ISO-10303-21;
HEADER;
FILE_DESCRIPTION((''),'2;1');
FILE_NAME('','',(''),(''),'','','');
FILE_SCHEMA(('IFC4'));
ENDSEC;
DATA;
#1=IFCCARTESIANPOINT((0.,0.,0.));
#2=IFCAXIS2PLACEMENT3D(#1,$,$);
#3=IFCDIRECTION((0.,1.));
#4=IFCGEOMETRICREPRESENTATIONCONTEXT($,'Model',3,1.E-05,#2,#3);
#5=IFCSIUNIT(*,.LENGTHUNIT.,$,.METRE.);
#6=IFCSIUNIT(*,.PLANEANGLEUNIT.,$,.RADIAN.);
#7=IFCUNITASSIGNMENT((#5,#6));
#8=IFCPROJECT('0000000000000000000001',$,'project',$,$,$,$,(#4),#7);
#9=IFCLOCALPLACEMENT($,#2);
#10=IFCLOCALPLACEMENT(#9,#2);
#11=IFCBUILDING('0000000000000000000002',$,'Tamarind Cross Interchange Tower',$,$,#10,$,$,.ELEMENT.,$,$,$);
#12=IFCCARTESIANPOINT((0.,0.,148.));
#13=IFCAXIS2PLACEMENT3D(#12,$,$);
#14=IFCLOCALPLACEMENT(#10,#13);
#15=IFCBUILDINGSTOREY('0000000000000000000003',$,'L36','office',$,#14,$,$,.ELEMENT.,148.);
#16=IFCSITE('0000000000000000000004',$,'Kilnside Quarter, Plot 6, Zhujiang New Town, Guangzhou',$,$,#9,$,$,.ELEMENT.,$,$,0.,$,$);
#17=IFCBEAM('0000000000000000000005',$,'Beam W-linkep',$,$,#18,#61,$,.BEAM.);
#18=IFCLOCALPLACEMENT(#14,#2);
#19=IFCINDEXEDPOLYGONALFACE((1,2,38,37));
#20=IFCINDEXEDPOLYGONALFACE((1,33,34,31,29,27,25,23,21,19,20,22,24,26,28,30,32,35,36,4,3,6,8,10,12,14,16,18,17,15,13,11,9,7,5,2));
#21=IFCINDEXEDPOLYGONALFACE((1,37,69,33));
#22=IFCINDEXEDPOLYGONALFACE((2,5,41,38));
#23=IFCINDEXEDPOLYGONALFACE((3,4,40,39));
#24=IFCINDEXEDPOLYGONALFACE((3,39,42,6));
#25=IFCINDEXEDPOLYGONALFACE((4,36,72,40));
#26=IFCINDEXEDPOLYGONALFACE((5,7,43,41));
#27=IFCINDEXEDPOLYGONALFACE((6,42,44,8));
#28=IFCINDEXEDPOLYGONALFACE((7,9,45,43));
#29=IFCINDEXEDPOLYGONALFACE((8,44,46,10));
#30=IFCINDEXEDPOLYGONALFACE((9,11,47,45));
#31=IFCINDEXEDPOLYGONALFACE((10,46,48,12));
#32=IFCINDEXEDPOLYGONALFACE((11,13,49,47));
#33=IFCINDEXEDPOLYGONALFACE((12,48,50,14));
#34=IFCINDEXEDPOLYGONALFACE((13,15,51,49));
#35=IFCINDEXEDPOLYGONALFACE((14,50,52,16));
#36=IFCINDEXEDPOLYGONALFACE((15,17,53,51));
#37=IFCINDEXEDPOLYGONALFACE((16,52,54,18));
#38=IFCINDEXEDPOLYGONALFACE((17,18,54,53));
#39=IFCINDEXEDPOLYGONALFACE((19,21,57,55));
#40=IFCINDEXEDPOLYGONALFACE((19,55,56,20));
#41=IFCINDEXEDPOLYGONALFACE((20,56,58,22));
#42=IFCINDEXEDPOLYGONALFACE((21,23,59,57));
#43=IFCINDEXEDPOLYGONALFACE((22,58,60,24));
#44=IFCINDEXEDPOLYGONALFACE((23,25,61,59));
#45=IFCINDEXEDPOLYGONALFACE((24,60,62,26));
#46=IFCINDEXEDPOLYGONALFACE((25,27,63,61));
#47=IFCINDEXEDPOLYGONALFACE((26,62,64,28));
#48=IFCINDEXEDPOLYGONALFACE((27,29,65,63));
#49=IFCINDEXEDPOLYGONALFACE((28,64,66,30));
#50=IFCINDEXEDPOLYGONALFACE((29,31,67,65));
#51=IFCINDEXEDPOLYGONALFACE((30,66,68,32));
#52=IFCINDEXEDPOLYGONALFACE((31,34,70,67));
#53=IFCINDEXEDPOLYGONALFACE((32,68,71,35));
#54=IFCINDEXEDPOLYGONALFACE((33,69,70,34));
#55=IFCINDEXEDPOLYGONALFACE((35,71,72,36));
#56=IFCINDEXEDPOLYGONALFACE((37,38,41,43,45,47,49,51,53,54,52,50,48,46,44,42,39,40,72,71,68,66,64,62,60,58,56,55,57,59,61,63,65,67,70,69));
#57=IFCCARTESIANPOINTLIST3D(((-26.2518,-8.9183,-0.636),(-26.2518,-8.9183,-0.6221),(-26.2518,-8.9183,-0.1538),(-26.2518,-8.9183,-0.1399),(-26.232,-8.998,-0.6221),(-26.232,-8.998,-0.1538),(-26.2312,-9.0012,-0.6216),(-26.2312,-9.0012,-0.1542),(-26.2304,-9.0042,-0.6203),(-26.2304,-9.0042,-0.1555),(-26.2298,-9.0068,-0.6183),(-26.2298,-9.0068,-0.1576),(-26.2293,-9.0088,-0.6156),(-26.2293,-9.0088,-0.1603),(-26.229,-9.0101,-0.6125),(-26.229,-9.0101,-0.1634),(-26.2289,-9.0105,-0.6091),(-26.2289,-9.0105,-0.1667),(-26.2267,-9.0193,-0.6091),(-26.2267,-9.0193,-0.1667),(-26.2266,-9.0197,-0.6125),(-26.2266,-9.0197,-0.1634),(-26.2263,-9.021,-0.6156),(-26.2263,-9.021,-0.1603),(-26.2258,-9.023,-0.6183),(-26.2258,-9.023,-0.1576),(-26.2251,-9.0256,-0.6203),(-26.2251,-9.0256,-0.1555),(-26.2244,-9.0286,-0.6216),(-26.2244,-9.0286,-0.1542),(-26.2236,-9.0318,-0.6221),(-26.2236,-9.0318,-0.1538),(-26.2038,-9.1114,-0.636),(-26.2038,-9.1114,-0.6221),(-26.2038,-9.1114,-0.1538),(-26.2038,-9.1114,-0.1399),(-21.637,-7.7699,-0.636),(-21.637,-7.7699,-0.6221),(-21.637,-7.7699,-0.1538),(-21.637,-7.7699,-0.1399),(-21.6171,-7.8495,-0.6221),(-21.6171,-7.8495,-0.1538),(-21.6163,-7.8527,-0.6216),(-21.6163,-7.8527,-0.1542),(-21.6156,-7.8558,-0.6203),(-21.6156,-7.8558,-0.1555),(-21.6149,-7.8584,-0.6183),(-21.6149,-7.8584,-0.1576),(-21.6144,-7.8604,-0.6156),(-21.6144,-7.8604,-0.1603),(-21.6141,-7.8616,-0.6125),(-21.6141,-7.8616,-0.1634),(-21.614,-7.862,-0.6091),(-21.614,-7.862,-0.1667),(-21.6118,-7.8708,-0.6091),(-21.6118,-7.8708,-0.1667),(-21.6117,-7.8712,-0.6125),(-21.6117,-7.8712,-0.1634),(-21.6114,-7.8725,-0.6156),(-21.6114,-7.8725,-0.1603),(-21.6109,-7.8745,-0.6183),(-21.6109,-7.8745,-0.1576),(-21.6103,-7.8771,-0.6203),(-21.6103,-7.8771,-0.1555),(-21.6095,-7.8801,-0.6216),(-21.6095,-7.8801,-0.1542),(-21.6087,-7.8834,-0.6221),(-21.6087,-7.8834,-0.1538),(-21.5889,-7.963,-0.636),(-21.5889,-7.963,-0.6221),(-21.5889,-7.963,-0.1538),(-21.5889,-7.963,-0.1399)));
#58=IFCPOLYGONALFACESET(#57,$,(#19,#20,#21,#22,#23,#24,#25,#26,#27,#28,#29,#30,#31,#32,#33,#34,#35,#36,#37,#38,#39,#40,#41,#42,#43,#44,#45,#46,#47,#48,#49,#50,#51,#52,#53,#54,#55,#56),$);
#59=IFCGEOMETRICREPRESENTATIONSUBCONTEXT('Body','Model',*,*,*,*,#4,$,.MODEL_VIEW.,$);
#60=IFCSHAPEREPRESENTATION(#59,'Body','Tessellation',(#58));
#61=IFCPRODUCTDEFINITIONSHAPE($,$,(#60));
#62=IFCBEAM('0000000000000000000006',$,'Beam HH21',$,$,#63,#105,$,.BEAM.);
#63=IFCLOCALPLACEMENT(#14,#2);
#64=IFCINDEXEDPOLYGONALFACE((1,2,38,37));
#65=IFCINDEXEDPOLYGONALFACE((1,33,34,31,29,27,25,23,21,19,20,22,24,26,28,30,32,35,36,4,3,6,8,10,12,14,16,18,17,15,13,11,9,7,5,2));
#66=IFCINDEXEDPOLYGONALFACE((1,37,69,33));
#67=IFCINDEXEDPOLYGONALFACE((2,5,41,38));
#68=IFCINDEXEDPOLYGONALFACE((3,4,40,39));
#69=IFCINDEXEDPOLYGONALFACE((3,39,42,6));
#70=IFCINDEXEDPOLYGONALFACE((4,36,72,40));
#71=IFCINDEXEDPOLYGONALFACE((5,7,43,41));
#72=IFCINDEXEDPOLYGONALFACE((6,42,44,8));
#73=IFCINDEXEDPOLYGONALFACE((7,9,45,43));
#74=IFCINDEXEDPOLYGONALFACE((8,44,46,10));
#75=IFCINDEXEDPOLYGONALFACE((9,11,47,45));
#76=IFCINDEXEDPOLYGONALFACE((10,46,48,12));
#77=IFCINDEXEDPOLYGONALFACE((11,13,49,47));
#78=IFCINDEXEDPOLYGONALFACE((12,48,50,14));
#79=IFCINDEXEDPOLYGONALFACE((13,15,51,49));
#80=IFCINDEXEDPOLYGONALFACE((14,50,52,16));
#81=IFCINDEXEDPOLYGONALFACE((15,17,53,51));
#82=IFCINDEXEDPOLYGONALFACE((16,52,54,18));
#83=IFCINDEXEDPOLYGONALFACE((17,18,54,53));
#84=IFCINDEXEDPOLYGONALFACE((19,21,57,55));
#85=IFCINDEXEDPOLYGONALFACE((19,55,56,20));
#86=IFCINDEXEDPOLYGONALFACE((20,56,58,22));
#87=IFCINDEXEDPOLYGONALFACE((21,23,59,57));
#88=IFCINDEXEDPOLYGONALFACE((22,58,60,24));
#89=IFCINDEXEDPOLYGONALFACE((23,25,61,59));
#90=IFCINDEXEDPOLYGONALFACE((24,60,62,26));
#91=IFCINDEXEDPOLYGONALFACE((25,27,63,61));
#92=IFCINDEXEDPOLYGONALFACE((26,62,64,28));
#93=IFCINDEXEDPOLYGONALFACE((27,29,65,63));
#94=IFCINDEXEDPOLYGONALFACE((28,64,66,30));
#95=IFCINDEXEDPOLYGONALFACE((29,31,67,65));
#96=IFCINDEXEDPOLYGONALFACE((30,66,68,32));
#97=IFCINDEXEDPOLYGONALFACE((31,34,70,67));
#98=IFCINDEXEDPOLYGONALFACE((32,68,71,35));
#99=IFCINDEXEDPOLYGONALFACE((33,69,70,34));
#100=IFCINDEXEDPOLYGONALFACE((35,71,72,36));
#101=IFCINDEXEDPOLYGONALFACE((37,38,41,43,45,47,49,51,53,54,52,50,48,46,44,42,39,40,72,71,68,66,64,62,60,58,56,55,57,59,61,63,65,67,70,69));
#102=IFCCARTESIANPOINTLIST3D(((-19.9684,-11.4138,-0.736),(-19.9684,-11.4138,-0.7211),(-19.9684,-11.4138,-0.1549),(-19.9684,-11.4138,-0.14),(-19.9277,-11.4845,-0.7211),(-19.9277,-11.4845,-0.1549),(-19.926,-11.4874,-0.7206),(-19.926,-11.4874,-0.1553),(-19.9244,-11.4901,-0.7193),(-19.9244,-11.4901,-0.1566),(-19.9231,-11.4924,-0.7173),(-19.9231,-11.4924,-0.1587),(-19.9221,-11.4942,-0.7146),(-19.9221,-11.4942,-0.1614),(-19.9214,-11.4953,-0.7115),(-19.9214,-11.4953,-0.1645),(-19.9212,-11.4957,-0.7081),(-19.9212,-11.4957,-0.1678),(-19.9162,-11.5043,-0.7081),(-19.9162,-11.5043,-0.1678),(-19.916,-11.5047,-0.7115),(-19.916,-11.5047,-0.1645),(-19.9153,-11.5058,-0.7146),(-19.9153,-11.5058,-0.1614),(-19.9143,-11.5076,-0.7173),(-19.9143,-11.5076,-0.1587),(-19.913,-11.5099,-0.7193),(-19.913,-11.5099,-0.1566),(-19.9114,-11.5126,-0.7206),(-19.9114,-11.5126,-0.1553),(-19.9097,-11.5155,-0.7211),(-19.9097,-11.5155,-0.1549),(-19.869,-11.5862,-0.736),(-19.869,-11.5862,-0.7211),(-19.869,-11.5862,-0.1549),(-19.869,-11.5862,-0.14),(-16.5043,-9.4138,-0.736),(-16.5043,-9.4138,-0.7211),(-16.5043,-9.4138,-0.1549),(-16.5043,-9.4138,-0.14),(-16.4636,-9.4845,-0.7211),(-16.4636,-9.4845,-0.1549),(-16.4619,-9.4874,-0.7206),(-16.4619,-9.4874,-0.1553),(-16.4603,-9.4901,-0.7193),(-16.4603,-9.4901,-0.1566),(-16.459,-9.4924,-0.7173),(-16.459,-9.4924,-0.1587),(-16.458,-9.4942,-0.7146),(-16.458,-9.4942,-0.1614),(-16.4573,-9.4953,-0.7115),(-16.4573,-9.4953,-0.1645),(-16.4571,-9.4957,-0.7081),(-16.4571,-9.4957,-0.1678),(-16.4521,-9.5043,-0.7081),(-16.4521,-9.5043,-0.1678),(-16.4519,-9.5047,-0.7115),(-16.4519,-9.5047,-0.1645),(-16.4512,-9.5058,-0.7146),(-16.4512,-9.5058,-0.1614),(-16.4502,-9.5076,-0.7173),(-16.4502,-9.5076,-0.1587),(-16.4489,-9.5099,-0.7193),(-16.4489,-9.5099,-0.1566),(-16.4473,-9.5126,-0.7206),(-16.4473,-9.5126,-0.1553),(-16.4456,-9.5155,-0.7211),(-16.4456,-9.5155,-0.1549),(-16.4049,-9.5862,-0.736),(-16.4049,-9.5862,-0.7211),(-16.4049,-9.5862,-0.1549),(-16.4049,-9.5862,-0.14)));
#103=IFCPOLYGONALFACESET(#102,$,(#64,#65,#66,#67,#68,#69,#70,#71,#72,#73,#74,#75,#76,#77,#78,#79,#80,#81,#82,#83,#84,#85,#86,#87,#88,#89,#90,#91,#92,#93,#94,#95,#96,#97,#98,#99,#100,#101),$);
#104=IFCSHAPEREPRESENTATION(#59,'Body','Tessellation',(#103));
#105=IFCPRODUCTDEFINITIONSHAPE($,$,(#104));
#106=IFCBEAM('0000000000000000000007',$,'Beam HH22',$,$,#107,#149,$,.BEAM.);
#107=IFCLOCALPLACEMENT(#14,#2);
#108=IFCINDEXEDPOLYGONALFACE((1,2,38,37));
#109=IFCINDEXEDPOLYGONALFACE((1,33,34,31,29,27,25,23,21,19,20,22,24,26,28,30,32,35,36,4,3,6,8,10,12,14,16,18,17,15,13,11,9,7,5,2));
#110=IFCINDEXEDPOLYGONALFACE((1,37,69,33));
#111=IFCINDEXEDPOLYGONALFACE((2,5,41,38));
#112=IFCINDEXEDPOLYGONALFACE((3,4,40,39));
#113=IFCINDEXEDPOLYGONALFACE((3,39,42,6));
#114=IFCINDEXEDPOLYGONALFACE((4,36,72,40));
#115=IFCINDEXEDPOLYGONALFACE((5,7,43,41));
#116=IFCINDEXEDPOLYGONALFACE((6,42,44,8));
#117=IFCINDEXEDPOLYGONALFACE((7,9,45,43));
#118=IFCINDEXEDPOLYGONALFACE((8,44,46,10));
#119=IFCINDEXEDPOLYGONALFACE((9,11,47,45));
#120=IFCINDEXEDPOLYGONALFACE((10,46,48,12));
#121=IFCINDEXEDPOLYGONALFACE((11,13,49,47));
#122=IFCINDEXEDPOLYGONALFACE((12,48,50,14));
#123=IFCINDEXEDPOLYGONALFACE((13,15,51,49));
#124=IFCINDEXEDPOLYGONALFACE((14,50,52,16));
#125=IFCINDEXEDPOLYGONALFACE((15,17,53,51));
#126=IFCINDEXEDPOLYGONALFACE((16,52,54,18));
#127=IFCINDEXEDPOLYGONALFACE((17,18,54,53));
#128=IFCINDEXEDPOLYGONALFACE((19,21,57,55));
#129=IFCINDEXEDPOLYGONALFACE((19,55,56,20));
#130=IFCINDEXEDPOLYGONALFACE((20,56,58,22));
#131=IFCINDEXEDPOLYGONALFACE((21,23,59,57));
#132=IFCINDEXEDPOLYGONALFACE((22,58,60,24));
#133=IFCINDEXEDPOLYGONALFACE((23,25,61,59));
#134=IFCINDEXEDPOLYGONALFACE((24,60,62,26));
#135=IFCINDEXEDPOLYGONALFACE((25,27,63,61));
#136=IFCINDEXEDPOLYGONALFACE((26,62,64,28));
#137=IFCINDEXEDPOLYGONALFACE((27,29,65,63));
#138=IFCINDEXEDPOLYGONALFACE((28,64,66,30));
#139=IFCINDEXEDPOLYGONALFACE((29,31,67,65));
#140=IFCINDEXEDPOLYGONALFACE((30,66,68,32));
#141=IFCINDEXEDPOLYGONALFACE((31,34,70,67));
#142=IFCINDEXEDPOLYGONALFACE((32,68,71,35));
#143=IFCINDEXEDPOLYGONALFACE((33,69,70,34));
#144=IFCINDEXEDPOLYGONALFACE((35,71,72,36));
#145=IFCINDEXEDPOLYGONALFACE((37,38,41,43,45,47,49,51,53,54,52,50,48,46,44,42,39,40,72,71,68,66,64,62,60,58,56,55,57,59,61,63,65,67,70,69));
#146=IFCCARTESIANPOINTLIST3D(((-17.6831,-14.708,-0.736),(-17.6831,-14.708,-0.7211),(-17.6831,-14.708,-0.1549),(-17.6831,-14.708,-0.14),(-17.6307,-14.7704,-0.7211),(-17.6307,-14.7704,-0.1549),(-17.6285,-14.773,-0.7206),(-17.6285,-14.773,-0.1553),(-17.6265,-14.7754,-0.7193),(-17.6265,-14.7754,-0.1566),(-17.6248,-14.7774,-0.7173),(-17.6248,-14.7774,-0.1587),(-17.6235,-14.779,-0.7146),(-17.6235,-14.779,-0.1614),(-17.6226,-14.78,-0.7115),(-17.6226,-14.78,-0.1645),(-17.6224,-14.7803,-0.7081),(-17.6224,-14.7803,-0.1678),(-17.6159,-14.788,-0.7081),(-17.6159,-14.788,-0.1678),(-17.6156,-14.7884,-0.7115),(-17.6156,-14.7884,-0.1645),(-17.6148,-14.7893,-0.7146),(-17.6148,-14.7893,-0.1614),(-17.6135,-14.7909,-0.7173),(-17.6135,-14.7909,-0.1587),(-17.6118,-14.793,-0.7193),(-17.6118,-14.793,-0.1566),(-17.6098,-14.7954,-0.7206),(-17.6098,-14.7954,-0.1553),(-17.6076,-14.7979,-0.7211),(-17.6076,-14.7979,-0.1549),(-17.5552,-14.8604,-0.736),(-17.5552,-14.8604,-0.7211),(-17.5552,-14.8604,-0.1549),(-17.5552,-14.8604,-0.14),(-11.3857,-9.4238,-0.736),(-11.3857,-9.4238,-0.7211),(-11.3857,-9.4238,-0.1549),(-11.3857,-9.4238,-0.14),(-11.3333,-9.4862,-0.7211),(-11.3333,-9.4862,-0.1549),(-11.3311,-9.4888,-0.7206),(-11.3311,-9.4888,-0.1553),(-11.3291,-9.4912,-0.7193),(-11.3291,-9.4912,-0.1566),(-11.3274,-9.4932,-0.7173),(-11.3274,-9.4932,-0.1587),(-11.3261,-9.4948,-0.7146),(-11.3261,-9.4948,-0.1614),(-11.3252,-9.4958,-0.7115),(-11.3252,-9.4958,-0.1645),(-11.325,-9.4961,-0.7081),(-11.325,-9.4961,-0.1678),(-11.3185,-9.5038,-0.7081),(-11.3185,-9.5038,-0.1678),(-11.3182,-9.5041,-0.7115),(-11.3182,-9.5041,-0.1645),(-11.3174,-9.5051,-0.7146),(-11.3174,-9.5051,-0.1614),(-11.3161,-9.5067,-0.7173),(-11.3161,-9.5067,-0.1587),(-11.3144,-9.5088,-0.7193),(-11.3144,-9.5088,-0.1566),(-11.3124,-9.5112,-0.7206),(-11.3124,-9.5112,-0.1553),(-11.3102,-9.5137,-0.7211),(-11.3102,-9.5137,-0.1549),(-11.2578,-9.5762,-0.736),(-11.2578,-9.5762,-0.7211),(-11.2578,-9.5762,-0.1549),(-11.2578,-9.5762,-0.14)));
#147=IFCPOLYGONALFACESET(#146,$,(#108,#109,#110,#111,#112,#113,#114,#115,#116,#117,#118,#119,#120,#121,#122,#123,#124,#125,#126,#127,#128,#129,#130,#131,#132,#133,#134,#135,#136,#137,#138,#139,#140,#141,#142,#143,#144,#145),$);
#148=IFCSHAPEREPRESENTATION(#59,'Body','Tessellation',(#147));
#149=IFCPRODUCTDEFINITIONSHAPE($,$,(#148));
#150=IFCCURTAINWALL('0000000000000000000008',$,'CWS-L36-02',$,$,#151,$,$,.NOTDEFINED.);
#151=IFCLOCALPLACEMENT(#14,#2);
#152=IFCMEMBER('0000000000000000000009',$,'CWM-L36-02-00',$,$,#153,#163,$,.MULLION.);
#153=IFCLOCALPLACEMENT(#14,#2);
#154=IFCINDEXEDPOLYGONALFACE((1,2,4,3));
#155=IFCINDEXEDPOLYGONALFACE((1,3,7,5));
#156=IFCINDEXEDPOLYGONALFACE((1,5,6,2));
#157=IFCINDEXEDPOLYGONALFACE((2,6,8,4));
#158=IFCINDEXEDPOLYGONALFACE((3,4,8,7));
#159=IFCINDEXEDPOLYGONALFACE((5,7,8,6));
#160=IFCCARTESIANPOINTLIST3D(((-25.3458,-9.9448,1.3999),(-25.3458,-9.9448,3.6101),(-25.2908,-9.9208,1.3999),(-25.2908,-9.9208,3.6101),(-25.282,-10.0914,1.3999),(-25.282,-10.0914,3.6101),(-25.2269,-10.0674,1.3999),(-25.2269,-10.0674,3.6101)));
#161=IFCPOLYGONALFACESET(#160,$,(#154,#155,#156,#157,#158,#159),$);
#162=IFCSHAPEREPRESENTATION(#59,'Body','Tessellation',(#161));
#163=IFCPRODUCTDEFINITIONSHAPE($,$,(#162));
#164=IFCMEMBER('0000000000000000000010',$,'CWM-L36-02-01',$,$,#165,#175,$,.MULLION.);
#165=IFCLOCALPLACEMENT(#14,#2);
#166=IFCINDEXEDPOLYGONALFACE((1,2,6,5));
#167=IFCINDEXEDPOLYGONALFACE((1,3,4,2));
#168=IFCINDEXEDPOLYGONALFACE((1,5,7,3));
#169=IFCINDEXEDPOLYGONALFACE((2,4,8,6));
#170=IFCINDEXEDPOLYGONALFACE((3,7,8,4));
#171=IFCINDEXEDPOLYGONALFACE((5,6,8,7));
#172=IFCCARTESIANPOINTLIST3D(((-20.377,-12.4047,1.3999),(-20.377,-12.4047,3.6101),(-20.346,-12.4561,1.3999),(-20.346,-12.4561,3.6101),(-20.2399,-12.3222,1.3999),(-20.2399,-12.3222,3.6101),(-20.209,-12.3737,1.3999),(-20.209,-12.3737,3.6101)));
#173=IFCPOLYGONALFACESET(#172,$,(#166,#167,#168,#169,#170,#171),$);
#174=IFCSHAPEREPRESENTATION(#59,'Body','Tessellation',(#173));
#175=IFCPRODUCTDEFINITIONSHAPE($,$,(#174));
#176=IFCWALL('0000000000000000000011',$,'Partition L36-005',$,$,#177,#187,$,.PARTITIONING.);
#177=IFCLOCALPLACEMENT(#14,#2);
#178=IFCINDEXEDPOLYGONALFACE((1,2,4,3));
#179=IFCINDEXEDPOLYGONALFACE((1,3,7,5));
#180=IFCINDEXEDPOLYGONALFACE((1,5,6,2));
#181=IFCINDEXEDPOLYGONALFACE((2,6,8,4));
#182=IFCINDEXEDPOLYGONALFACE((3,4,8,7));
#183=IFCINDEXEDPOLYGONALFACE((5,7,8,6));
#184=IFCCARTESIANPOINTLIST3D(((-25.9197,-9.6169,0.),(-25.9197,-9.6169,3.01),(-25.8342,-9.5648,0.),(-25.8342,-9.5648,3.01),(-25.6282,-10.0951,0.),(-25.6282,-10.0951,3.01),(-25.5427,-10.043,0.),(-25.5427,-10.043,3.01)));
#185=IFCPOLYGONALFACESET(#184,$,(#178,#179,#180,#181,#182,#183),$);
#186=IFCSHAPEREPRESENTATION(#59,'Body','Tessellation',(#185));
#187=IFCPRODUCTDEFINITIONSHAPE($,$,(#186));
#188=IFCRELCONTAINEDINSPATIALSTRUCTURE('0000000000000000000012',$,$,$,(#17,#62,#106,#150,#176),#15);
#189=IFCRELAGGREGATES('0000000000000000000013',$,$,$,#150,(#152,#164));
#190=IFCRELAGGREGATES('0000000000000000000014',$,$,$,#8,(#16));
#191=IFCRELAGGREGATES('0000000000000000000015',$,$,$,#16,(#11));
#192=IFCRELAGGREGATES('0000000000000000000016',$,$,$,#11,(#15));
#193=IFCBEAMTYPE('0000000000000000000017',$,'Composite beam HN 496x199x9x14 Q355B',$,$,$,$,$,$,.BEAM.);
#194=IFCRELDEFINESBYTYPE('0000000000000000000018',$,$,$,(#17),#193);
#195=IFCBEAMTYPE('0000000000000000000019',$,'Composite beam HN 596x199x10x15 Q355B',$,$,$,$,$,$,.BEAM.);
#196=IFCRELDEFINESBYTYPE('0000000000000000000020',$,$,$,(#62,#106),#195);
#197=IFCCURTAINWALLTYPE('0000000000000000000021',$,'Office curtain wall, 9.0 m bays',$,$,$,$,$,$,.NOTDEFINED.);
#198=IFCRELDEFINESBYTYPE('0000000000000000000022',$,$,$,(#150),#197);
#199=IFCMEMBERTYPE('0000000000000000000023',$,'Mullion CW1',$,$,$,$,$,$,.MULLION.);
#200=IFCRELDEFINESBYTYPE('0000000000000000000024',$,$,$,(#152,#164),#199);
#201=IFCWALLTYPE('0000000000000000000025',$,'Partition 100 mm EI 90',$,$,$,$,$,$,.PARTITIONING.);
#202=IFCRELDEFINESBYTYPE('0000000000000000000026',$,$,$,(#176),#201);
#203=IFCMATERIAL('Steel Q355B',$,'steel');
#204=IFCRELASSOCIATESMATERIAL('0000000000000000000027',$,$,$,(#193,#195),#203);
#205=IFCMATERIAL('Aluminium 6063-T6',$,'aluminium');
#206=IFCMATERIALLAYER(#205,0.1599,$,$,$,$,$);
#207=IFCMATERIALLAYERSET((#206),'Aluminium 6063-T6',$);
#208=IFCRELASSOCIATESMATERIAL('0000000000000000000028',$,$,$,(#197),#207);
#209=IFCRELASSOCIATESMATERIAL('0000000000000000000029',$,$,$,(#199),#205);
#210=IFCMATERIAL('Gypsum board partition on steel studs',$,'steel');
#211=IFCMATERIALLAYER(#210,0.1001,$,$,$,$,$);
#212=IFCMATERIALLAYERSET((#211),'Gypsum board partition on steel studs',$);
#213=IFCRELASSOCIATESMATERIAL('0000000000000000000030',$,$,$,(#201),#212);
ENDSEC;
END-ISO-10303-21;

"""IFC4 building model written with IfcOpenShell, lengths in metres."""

from ifc_helpers import new_model, si_unit, direction, frame, frame_2d, origin, origin_2d, place, context, subcontext, project, spatial, rectangle, i_section, extrude, material, layer, layer_set, material_profile, profile_set, type_object, element, aggregate, save


model = new_model("IFC4")

# Units and contexts
model_context = context("Model", 3, precision=1e-05, world=origin(), true_north=direction((0.0, 1.0)))
body_context = subcontext(model_context, "Body", "Model", "MODEL_VIEW")
ifc_project = project(units=[si_unit("LENGTHUNIT", "METRE"), si_unit("PLANEANGLEUNIT", "RADIAN")], contexts=[model_context])

# Site, building, storey
site_placement = place(None, origin())
site = spatial("IfcSite", under=ifc_project, at=site_placement, Name="Kilnside Quarter, Plot 6, Zhujiang New Town, Guangzhou", CompositionType="ELEMENT", RefElevation=0.0)
building_placement = place(site_placement, origin())
building = spatial("IfcBuilding", under=site, at=building_placement, Name="Tamarind Cross Interchange Tower", CompositionType="ELEMENT")
storey_placement = place(building_placement, frame((0.0, 0.0, 148.0)))
storey = spatial("IfcBuildingStorey", under=building, at=storey_placement, Name="L36", Description="office", CompositionType="ELEMENT", Elevation=148.0)

# Beams
ifc_material_1 = material(Name="Steel Q355B", Category="steel")
ifc_material_profile_1 = material_profile(ifc_material_1, i_section(OverallWidth=0.199, OverallDepth=0.4961, WebThickness=0.009, FlangeThickness=0.0139, FilletRadius=0.0129, at=origin_2d()), Name="HN 496x199x9x14")
ifc_profile_set_1 = profile_set([ifc_material_profile_1], Name="Steel Q355B")
beam_type_1 = type_object("IfcBeamType", Name="Composite beam HN 496x199x9x14 Q355B", PredefinedType="BEAM", material=ifc_profile_set_1)
beam_1_placement = place(storey_placement, frame((-26.2278, -9.0149, -0.3879), z_axis=(0.970402, 0.241497, 0.0), x_axis=(-0.241497, 0.970402, 0.0)))
element("IfcBeam", 1, at=beam_1_placement, inside=storey, type_object=beam_type_1, Name="Beam W-linkep", PredefinedType="BEAM", context=body_context, shape_type="SweptSolid", body=[
    extrude(i_section(OverallWidth=0.199, OverallDepth=0.4961, WebThickness=0.009, FlangeThickness=0.0139, FilletRadius=0.0129, at=origin_2d()), origin(), (0.0, 0.0, 1.0), 4.7556),
])
ifc_material_profile_2 = material_profile(ifc_material_1, i_section(OverallWidth=0.199, OverallDepth=0.5959, WebThickness=0.01, FlangeThickness=0.0149, FilletRadius=0.0129, at=origin_2d()), Name="HN 596x199x10x15")
ifc_profile_set_2 = profile_set([ifc_material_profile_2], Name="Steel Q355B")
beam_type_2 = type_object("IfcBeamType", Name="Composite beam HN 596x199x10x15 Q355B", PredefinedType="BEAM", material=ifc_profile_set_2)
beam_2_placement = place(storey_placement, frame((-19.9187, -11.5, -0.438), z_axis=(0.866026, 0.499999, 0.0), x_axis=(-0.499999, 0.866026, 0.0)))
element("IfcBeam", 2, at=beam_2_placement, inside=storey, type_object=beam_type_2, Name="Beam HH21", PredefinedType="BEAM", context=body_context, shape_type="SweptSolid", body=[
    extrude(i_section(OverallWidth=0.199, OverallDepth=0.5959, WebThickness=0.01, FlangeThickness=0.0149, FilletRadius=0.0129, at=origin_2d()), origin(), (0.0, 0.0, 1.0), 4.0),
])
beam_3_placement = place(storey_placement, frame((-17.6191, -14.7842, -0.438), z_axis=(0.766041, 0.642792, 0.0), x_axis=(-0.642792, 0.766041, 0.0)))
element("IfcBeam", 3, at=beam_3_placement, inside=storey, type_object=beam_type_2, Name="Beam HH22", PredefinedType="BEAM", context=body_context, shape_type="SweptSolid", body=[
    extrude(i_section(OverallWidth=0.199, OverallDepth=0.5959, WebThickness=0.01, FlangeThickness=0.0149, FilletRadius=0.0129, at=origin_2d()), origin(), (0.0, 0.0, 1.0), 8.2207),
])

# Curtain wall, members
ifc_material_2 = material(Name="Aluminium 6063-T6", Category="aluminium")
ifc_layer_1 = layer(ifc_material_2, 0.1599)
ifc_layer_set_1 = layer_set([ifc_layer_1], Name="Aluminium 6063-T6")
curtain_wall_type = type_object("IfcCurtainWallType", Name="Office curtain wall, 9.0 m bays", PredefinedType="NOTDEFINED", material=ifc_layer_set_1)
curtain_wall_placement = place(storey_placement, origin())
curtain_wall = element("IfcCurtainWall", 4, at=curtain_wall_placement, inside=storey, type_object=curtain_wall_type, Name="CWS-L36-02", PredefinedType="NOTDEFINED")
ifc_material_profile_3 = material_profile(ifc_material_2, rectangle(XDim=0.0601, YDim=0.1599, at=origin_2d()), Name="Mullion CW1")
ifc_profile_set_3 = profile_set([ifc_material_profile_3], Name="Aluminium 6063-T6")
member_type = type_object("IfcMemberType", Name="Mullion CW1", PredefinedType="MULLION", material=ifc_profile_set_3)
member_1_placement = place(storey_placement, frame((-25.2864, -10.0061, 1.3999), z_axis=(0.0, 0.0, 1.0), x_axis=(0.916769, 0.399417, 0.0)))
member_1 = element("IfcMember", 5, at=member_1_placement, type_object=member_type, Name="CWM-L36-02-00", PredefinedType="MULLION", context=body_context, shape_type="SweptSolid", body=[
    extrude(rectangle(XDim=0.0601, YDim=0.1599, at=origin_2d()), origin(), (0.0, 0.0, 1.0), 2.2102),
])
member_2_placement = place(storey_placement, frame((-20.293, -12.3892, 1.3999), z_axis=(0.0, 0.0, 1.0), x_axis=(0.515577, -0.856843, 0.0)))
member_2 = element("IfcMember", 6, at=member_2_placement, type_object=member_type, Name="CWM-L36-02-01", PredefinedType="MULLION", context=body_context, shape_type="SweptSolid", body=[
    extrude(rectangle(XDim=0.0601, YDim=0.1599, at=origin_2d()), origin(), (0.0, 0.0, 1.0), 2.2102),
])
aggregate(curtain_wall, [member_1, member_2])

# Wall
ifc_material_3 = material(Name="Gypsum board partition on steel studs", Category="steel")
ifc_layer_2 = layer(ifc_material_3, 0.1001)
ifc_layer_set_2 = layer_set([ifc_layer_2], Name="Gypsum board partition on steel studs")
wall_type_1 = type_object("IfcWallType", Name="Partition 100 mm EI 90", PredefinedType="PARTITIONING", material=ifc_layer_set_2)
wall_1_placement = place(storey_placement, frame((-25.877, -9.5908, 0.0), z_axis=(0.0, 0.0, 1.0), x_axis=(0.520445, -0.853895, 0.0)))
element("IfcWall", 7, at=wall_1_placement, inside=storey, type_object=wall_type_1, Name="Partition L36-005", PredefinedType="PARTITIONING", context=body_context, shape_type="SweptSolid", body=[
    extrude(rectangle(XDim=0.5601, YDim=0.1001, at=frame_2d((0.28, 0.0))), origin(), (0.0, 0.0, 1.0), 3.01),
])

save(model, "model.ifc")
